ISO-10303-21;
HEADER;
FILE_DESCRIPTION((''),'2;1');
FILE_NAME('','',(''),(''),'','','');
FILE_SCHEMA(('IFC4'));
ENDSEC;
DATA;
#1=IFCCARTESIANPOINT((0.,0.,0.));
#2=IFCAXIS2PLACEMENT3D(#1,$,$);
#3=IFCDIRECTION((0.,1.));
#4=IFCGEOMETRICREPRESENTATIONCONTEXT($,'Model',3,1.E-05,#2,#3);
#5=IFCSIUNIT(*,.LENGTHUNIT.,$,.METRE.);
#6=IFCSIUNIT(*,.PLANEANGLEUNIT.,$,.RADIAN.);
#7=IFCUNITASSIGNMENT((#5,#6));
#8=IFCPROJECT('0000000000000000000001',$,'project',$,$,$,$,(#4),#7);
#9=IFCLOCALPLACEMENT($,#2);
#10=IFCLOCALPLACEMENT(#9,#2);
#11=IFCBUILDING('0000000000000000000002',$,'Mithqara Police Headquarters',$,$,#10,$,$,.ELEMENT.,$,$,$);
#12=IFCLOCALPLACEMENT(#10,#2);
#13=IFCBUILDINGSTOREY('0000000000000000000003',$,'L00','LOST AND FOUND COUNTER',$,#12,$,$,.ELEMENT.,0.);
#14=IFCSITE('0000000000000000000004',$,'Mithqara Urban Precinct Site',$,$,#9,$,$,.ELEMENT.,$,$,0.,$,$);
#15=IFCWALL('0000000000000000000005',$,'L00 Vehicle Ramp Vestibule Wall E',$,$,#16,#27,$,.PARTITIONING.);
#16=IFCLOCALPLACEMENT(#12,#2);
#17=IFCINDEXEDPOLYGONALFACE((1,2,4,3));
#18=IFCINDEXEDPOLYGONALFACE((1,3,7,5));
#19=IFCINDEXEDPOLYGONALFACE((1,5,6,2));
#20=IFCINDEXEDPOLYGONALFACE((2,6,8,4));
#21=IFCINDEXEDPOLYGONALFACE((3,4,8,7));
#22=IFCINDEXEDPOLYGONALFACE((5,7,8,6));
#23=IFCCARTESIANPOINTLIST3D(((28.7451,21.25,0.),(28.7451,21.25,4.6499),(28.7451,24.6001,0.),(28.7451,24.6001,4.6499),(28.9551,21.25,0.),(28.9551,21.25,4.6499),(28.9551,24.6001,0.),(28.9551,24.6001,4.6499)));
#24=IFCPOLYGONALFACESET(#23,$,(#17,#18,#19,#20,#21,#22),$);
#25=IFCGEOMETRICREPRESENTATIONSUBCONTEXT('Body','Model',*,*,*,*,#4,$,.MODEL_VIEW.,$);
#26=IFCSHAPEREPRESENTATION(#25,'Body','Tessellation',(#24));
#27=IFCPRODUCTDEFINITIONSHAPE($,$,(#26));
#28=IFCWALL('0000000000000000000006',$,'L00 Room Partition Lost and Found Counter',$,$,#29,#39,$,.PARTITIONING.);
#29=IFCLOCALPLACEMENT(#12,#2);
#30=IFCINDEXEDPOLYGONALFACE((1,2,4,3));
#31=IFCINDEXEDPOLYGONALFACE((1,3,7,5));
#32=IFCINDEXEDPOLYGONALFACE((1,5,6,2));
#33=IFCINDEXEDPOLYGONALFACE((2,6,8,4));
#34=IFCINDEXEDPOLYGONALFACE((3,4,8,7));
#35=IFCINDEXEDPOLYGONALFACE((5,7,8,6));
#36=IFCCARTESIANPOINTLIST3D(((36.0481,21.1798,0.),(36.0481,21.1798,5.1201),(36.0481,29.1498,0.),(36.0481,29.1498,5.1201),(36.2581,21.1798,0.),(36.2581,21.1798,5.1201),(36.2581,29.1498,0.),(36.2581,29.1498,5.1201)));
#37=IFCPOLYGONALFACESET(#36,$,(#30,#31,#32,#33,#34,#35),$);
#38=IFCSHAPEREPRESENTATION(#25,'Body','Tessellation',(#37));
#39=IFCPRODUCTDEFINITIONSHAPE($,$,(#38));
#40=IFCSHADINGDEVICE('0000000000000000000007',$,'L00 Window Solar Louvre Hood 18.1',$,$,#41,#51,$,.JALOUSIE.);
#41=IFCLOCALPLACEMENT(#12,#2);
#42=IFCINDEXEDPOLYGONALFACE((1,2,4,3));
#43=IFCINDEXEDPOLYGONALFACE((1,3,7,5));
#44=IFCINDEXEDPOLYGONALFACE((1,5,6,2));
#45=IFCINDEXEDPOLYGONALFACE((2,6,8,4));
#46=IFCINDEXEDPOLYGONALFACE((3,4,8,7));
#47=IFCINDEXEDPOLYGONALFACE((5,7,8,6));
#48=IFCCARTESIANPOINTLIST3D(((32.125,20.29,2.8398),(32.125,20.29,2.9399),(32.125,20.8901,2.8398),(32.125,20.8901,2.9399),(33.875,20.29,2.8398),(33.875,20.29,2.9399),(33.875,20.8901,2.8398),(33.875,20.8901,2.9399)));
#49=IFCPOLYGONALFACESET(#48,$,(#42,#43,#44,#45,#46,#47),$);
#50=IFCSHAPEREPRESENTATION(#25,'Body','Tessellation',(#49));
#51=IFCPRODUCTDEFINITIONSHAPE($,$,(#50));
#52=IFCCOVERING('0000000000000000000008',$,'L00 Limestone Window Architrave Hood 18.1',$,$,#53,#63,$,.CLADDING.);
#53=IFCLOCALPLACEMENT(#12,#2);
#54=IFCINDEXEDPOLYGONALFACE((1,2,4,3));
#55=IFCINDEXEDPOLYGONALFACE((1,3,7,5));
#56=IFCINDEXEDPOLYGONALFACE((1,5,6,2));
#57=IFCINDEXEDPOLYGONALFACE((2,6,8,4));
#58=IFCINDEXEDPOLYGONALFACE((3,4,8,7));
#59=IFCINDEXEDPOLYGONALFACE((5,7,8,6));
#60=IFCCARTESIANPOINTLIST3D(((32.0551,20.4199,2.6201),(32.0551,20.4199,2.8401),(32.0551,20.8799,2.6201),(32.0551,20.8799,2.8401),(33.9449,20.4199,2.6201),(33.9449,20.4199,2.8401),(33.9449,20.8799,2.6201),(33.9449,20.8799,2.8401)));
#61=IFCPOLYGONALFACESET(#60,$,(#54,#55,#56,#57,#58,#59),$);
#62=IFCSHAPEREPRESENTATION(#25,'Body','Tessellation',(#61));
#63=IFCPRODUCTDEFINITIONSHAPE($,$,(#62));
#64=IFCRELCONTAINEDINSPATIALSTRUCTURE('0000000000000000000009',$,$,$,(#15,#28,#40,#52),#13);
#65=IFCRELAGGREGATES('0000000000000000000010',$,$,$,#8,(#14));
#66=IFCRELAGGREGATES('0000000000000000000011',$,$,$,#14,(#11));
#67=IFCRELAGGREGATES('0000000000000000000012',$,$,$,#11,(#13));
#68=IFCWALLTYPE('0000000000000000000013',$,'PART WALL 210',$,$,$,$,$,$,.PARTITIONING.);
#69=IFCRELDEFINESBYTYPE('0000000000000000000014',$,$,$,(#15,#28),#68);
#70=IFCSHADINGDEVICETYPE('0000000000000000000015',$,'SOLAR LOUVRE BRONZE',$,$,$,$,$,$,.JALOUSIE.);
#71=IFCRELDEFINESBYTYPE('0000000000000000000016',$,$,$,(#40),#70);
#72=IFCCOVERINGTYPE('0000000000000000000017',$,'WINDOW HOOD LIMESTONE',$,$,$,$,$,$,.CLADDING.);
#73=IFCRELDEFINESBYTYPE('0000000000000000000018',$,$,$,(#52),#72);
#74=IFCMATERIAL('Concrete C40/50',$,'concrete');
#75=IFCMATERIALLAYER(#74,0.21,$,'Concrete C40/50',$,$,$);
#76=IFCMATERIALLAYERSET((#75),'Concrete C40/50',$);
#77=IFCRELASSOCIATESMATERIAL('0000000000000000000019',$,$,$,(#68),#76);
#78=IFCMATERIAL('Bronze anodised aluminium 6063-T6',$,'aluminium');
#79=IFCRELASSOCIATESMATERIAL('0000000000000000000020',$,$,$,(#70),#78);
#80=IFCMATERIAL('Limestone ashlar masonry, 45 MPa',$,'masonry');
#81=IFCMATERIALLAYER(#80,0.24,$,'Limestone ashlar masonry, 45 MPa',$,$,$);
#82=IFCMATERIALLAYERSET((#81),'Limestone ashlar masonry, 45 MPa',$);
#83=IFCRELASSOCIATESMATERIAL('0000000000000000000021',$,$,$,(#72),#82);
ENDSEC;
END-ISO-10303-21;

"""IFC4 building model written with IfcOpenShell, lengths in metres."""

from ifc_helpers import new_model, si_unit, direction, frame, frame_2d, origin, origin_2d, place, context, subcontext, project, spatial, rectangle, extrude, material, layer, layer_set, type_object, element, save


model = new_model("IFC4")

# Units and contexts
model_context = context("Model", 3, precision=1e-05, world=origin(), true_north=direction((0.0, 1.0)))
body_context = subcontext(model_context, "Body", "Model", "MODEL_VIEW")
ifc_project = project(units=[si_unit("LENGTHUNIT", "METRE"), si_unit("PLANEANGLEUNIT", "RADIAN")], contexts=[model_context])

# Site, building, storey
site_placement = place(None, origin())
site = spatial("IfcSite", under=ifc_project, at=site_placement, Name="Mithqara Urban Precinct Site", CompositionType="ELEMENT", RefElevation=0.0)
building_placement = place(site_placement, origin())
building = spatial("IfcBuilding", under=site, at=building_placement, Name="Mithqara Police Headquarters", CompositionType="ELEMENT")
storey_placement = place(building_placement, origin())
storey = spatial("IfcBuildingStorey", under=building, at=storey_placement, Name="L00", Description="LOST AND FOUND COUNTER", CompositionType="ELEMENT", Elevation=0.0)

# Shared definitions
ifc_material_1 = material(Name="Concrete C40/50", Category="concrete")

# Shared definitions
ifc_material_2 = material(Name="Limestone ashlar masonry, 45 MPa", Category="masonry")
ifc_material_3 = material(Name="Bronze anodised aluminium 6063-T6", Category="aluminium")

# Walls
ifc_layer_1 = layer(ifc_material_1, 0.21, Name="Concrete C40/50")
ifc_layer_set_1 = layer_set([ifc_layer_1], Name="Concrete C40/50")
wall_type_1 = type_object("IfcWallType", Name="PART WALL 210", PredefinedType="PARTITIONING", material=ifc_layer_set_1)
wall_1_placement = place(storey_placement, frame((28.8501, 21.25, 0.0), z_axis=(0.0, 0.0, 1.0), x_axis=(0.0, 1.0, 0.0)))
element("IfcWall", 1, at=wall_1_placement, inside=storey, type_object=wall_type_1, Name="L00 Vehicle Ramp Vestibule Wall E", PredefinedType="PARTITIONING", context=body_context, shape_type="SweptSolid", body=[
    extrude(rectangle(XDim=3.3501, YDim=0.21, at=frame_2d((1.675, 0.0))), origin(), (0.0, 0.0, 1.0), 4.6499),
])
wall_2_placement = place(storey_placement, frame((36.1531, 21.1799, 0.0), z_axis=(0.0, 0.0, 1.0), x_axis=(0.0, 1.0, 0.0)))
element("IfcWall", 2, at=wall_2_placement, inside=storey, type_object=wall_type_1, Name="L00 Room Partition Lost and Found Counter", PredefinedType="PARTITIONING", context=body_context, shape_type="SweptSolid", body=[
    extrude(rectangle(XDim=7.97, YDim=0.21, at=frame_2d((3.9849, 0.0))), origin(), (0.0, 0.0, 1.0), 5.1201),
])

# Shading device
shading_device_type = type_object("IfcShadingDeviceType", Name="SOLAR LOUVRE BRONZE", PredefinedType="JALOUSIE", material=ifc_material_3)
shading_device_placement = place(storey_placement, frame((33.0, 20.5901, 2.8398), z_axis=(0.0, 0.0, 1.0), x_axis=(1.0, 0.0, 0.0)))
element("IfcShadingDevice", 3, at=shading_device_placement, inside=storey, type_object=shading_device_type, Name="L00 Window Solar Louvre Hood 18.1", PredefinedType="JALOUSIE", context=body_context, shape_type="SweptSolid", body=[
    extrude(rectangle(XDim=1.75, YDim=0.6001, at=origin_2d()), origin(), (0.0, 0.0, 1.0), 0.1001),
])

# Covering
ifc_layer_2 = layer(ifc_material_2, 0.24, Name="Limestone ashlar masonry, 45 MPa")
ifc_layer_set_2 = layer_set([ifc_layer_2], Name="Limestone ashlar masonry, 45 MPa")
covering_type = type_object("IfcCoveringType", Name="WINDOW HOOD LIMESTONE", PredefinedType="CLADDING", material=ifc_layer_set_2)
covering_placement = place(storey_placement, frame((33.0, 20.6499, 2.6201), z_axis=(0.0, 0.0, 1.0), x_axis=(1.0, 0.0, 0.0)))
element("IfcCovering", 4, at=covering_placement, inside=storey, type_object=covering_type, Name="L00 Limestone Window Architrave Hood 18.1", PredefinedType="CLADDING", context=body_context, shape_type="SweptSolid", body=[
    extrude(rectangle(XDim=1.8899, YDim=0.46, at=origin_2d()), origin(), (0.0, 0.0, 1.0), 0.22),
])

save(model, "model.ifc")
